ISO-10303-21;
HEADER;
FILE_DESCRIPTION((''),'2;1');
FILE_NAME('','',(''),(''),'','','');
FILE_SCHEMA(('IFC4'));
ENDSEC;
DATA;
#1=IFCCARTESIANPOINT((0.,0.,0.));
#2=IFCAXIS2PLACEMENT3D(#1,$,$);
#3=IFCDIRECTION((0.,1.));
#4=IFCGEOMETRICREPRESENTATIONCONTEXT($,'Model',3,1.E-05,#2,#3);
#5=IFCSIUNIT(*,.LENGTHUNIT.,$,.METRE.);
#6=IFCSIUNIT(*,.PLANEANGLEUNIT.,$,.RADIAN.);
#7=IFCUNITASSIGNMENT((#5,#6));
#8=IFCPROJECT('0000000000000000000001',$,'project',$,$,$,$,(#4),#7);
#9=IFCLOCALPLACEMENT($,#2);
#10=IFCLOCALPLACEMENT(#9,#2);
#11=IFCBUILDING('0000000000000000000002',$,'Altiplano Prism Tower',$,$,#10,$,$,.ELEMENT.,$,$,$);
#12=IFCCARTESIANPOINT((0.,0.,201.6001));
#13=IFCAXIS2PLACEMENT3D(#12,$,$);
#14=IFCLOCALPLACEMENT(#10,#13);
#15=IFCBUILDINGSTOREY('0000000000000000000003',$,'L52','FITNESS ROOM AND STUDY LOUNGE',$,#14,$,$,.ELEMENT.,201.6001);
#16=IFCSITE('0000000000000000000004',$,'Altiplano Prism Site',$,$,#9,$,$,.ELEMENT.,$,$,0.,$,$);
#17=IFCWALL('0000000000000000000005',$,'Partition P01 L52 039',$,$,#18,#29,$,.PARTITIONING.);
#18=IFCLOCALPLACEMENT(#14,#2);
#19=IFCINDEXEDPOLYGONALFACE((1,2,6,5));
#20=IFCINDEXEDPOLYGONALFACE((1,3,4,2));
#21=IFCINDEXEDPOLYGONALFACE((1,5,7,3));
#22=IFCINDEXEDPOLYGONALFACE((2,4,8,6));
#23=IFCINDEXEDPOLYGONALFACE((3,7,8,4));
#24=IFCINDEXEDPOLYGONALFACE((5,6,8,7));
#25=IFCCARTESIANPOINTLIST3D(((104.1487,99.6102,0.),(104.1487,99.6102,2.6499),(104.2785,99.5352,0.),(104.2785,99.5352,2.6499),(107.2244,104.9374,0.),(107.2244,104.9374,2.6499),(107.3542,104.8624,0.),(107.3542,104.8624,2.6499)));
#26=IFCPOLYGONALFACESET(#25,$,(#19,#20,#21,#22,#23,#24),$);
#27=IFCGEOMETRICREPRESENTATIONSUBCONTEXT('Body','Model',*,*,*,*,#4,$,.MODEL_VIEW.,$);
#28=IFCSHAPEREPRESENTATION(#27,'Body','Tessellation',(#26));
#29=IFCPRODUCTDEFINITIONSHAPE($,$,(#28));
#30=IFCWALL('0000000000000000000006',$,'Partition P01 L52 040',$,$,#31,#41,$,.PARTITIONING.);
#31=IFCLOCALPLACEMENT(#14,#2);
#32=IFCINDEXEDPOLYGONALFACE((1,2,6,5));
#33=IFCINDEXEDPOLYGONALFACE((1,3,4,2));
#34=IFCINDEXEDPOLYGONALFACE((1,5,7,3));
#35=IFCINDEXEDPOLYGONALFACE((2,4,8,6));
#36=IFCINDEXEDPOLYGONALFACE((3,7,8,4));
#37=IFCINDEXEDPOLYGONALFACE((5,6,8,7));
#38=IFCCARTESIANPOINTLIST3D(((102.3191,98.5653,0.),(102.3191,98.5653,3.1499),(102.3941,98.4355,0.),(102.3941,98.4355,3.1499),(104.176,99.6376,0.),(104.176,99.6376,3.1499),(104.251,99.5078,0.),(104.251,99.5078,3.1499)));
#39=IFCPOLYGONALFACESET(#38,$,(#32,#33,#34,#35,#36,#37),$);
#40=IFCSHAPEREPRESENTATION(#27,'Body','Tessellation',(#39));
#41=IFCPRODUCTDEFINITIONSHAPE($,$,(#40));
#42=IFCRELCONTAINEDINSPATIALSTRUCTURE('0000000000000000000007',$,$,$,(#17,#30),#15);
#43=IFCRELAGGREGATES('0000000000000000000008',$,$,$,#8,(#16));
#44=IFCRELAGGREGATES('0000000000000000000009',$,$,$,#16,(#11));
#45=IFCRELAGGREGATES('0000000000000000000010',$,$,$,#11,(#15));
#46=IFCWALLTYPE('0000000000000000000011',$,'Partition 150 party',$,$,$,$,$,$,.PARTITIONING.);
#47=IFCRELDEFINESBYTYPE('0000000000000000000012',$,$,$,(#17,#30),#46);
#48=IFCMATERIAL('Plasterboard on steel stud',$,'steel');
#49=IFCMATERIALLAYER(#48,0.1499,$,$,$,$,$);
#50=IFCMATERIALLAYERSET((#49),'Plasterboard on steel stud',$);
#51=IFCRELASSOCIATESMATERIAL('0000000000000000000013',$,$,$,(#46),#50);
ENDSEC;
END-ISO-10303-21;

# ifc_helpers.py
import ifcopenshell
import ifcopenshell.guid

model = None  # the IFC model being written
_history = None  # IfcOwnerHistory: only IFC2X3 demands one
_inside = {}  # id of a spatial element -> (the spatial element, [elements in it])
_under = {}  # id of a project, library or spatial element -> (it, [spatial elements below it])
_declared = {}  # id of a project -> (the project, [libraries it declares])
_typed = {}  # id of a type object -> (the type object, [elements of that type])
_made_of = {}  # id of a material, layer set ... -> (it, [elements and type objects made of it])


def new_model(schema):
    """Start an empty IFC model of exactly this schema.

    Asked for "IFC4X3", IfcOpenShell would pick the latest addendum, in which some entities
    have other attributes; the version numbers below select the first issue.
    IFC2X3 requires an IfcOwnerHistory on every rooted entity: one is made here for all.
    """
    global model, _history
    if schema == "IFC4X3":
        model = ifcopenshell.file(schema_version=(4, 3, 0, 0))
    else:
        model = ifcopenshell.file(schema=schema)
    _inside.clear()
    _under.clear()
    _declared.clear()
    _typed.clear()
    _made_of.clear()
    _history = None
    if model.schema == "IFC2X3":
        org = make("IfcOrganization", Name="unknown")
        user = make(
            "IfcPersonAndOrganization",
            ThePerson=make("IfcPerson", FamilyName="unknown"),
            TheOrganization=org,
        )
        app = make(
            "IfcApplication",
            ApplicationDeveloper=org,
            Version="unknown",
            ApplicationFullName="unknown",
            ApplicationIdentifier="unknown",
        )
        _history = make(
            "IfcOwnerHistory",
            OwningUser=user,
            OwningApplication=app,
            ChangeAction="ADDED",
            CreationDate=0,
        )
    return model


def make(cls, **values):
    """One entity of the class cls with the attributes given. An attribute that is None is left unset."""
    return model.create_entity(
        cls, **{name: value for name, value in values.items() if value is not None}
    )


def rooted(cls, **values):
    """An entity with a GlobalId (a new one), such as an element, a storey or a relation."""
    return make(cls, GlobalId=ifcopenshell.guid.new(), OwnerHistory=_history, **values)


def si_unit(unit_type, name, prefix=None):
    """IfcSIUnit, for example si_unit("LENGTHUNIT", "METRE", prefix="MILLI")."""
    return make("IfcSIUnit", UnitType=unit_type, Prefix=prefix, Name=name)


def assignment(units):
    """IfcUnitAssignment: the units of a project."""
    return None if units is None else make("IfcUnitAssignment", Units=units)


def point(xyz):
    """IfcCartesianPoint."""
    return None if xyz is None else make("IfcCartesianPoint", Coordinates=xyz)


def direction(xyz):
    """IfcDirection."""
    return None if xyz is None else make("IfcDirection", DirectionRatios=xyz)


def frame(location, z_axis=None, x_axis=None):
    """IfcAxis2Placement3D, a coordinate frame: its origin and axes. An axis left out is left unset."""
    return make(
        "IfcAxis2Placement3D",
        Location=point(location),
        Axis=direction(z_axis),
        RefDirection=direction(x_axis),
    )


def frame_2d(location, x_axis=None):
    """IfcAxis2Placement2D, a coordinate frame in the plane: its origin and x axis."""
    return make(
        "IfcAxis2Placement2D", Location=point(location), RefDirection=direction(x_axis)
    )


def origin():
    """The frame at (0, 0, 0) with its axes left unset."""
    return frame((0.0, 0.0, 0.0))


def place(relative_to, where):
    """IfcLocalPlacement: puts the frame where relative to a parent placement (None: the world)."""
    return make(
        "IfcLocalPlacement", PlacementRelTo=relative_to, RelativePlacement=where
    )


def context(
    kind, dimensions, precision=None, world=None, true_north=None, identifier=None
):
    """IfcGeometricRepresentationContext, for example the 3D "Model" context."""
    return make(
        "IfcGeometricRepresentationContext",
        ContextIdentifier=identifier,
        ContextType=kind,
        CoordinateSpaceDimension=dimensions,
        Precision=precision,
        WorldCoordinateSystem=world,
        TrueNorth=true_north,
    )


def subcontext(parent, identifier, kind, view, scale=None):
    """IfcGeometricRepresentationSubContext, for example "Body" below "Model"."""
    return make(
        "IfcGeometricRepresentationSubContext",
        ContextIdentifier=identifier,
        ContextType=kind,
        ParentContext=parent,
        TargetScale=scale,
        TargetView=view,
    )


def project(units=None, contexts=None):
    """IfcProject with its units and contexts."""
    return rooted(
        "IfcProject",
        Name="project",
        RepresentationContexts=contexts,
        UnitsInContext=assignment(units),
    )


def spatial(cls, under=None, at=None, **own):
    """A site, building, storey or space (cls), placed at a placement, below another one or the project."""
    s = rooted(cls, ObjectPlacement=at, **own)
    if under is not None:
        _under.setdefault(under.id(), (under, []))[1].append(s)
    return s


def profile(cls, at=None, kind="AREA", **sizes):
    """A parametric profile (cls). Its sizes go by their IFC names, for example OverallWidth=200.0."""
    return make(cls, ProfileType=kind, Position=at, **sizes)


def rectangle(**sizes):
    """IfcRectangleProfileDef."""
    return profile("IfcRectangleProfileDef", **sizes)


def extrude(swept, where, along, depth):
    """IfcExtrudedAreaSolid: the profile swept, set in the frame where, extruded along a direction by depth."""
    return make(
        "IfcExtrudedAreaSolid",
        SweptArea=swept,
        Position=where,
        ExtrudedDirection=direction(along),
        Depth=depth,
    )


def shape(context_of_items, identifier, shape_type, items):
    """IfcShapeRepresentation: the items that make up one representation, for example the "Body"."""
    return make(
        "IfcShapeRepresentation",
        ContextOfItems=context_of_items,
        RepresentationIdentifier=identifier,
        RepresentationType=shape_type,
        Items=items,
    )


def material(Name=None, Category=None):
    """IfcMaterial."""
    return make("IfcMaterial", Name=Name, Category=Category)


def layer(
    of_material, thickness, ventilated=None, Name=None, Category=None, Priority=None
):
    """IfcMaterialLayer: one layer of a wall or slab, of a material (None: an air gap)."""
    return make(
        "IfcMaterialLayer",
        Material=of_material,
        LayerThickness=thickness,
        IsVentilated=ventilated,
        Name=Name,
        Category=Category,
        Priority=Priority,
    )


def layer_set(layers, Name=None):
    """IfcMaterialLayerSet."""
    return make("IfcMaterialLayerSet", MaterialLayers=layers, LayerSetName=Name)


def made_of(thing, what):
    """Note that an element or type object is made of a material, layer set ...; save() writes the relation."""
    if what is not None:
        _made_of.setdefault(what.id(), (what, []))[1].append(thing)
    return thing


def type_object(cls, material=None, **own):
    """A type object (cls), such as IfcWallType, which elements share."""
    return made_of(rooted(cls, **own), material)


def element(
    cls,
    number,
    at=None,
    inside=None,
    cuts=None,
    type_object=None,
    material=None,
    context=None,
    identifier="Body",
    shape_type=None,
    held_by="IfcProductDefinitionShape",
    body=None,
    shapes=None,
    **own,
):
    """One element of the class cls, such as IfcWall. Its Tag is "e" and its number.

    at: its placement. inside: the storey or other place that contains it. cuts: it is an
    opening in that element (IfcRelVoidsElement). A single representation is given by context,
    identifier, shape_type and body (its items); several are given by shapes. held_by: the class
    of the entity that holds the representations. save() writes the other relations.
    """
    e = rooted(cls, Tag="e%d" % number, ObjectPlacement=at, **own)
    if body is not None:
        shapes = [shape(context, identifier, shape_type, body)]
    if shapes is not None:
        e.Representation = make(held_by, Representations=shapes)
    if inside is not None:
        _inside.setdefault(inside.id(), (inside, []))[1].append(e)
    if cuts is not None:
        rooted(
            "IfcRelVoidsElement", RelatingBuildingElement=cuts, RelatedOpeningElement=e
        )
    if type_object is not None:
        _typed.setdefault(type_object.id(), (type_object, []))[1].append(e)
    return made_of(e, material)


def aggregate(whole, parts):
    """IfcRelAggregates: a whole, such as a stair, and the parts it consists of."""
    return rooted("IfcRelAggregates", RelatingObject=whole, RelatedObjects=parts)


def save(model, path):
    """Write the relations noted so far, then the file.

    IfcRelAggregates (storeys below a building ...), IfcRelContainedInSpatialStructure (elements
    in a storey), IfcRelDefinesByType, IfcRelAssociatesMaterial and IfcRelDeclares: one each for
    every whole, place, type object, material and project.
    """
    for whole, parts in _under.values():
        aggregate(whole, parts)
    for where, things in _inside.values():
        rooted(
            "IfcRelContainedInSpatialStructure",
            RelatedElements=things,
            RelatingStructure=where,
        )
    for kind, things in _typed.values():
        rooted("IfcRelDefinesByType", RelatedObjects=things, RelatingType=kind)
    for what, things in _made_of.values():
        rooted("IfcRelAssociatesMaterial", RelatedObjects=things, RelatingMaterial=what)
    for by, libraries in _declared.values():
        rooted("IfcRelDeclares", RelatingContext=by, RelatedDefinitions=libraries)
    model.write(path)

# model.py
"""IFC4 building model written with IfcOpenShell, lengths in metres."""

from ifc_helpers import new_model, si_unit, direction, frame, frame_2d, origin, place, context, subcontext, project, spatial, rectangle, extrude, material, layer, layer_set, type_object, element, save


model = new_model("IFC4")

# Units and contexts
model_context = context("Model", 3, precision=1e-05, world=origin(), true_north=direction((0.0, 1.0)))
body_context = subcontext(model_context, "Body", "Model", "MODEL_VIEW")
ifc_project = project(units=[si_unit("LENGTHUNIT", "METRE"), si_unit("PLANEANGLEUNIT", "RADIAN")], contexts=[model_context])

# Site, building, storey
site_placement = place(None, origin())
site = spatial("IfcSite", under=ifc_project, at=site_placement, Name="Altiplano Prism Site", CompositionType="ELEMENT", RefElevation=0.0)
building_placement = place(site_placement, origin())
building = spatial("IfcBuilding", under=site, at=building_placement, Name="Altiplano Prism Tower", CompositionType="ELEMENT")
storey_placement = place(building_placement, frame((0.0, 0.0, 201.6001)))
storey = spatial("IfcBuildingStorey", under=building, at=storey_placement, Name="L52", Description="FITNESS ROOM AND STUDY LOUNGE", CompositionType="ELEMENT", Elevation=201.6001)

# Shared definitions
ifc_material_1 = material(Name="Plasterboard on steel stud", Category="steel")

# Walls
ifc_layer_1 = layer(ifc_material_1, 0.1499)
ifc_layer_set_1 = layer_set([ifc_layer_1], Name="Plasterboard on steel stud")
wall_type_1 = type_object("IfcWallType", Name="Partition 150 party", PredefinedType="PARTITIONING", material=ifc_layer_set_1)
wall_1_placement = place(storey_placement, frame((107.2893, 104.8999, 0.0), z_axis=(0.0, 0.0, 1.0), x_axis=(-0.500006, -0.866022, 0.0)))
element("IfcWall", 1, at=wall_1_placement, inside=storey, type_object=wall_type_1, Name="Partition P01 L52 039", PredefinedType="PARTITIONING", context=body_context, shape_type="SweptSolid", body=[
    extrude(rectangle(XDim=6.1514, YDim=0.1499, at=frame_2d((3.0757, 0.0))), origin(), (0.0, 0.0, 1.0), 2.6499),
])
wall_2_placement = place(storey_placement, frame((104.2136, 99.5728, 0.0), z_axis=(0.0, 0.0, 1.0), x_axis=(-0.865992, -0.500058, 0.0)))
element("IfcWall", 2, at=wall_2_placement, inside=storey, type_object=wall_type_1, Name="Partition P01 L52 040", PredefinedType="PARTITIONING", context=body_context, shape_type="SweptSolid", body=[
    extrude(rectangle(XDim=2.1443, YDim=0.1499, at=frame_2d((1.0723, 0.0))), origin(), (0.0, 0.0, 1.0), 3.1499),
])

save(model, "model.ifc")
